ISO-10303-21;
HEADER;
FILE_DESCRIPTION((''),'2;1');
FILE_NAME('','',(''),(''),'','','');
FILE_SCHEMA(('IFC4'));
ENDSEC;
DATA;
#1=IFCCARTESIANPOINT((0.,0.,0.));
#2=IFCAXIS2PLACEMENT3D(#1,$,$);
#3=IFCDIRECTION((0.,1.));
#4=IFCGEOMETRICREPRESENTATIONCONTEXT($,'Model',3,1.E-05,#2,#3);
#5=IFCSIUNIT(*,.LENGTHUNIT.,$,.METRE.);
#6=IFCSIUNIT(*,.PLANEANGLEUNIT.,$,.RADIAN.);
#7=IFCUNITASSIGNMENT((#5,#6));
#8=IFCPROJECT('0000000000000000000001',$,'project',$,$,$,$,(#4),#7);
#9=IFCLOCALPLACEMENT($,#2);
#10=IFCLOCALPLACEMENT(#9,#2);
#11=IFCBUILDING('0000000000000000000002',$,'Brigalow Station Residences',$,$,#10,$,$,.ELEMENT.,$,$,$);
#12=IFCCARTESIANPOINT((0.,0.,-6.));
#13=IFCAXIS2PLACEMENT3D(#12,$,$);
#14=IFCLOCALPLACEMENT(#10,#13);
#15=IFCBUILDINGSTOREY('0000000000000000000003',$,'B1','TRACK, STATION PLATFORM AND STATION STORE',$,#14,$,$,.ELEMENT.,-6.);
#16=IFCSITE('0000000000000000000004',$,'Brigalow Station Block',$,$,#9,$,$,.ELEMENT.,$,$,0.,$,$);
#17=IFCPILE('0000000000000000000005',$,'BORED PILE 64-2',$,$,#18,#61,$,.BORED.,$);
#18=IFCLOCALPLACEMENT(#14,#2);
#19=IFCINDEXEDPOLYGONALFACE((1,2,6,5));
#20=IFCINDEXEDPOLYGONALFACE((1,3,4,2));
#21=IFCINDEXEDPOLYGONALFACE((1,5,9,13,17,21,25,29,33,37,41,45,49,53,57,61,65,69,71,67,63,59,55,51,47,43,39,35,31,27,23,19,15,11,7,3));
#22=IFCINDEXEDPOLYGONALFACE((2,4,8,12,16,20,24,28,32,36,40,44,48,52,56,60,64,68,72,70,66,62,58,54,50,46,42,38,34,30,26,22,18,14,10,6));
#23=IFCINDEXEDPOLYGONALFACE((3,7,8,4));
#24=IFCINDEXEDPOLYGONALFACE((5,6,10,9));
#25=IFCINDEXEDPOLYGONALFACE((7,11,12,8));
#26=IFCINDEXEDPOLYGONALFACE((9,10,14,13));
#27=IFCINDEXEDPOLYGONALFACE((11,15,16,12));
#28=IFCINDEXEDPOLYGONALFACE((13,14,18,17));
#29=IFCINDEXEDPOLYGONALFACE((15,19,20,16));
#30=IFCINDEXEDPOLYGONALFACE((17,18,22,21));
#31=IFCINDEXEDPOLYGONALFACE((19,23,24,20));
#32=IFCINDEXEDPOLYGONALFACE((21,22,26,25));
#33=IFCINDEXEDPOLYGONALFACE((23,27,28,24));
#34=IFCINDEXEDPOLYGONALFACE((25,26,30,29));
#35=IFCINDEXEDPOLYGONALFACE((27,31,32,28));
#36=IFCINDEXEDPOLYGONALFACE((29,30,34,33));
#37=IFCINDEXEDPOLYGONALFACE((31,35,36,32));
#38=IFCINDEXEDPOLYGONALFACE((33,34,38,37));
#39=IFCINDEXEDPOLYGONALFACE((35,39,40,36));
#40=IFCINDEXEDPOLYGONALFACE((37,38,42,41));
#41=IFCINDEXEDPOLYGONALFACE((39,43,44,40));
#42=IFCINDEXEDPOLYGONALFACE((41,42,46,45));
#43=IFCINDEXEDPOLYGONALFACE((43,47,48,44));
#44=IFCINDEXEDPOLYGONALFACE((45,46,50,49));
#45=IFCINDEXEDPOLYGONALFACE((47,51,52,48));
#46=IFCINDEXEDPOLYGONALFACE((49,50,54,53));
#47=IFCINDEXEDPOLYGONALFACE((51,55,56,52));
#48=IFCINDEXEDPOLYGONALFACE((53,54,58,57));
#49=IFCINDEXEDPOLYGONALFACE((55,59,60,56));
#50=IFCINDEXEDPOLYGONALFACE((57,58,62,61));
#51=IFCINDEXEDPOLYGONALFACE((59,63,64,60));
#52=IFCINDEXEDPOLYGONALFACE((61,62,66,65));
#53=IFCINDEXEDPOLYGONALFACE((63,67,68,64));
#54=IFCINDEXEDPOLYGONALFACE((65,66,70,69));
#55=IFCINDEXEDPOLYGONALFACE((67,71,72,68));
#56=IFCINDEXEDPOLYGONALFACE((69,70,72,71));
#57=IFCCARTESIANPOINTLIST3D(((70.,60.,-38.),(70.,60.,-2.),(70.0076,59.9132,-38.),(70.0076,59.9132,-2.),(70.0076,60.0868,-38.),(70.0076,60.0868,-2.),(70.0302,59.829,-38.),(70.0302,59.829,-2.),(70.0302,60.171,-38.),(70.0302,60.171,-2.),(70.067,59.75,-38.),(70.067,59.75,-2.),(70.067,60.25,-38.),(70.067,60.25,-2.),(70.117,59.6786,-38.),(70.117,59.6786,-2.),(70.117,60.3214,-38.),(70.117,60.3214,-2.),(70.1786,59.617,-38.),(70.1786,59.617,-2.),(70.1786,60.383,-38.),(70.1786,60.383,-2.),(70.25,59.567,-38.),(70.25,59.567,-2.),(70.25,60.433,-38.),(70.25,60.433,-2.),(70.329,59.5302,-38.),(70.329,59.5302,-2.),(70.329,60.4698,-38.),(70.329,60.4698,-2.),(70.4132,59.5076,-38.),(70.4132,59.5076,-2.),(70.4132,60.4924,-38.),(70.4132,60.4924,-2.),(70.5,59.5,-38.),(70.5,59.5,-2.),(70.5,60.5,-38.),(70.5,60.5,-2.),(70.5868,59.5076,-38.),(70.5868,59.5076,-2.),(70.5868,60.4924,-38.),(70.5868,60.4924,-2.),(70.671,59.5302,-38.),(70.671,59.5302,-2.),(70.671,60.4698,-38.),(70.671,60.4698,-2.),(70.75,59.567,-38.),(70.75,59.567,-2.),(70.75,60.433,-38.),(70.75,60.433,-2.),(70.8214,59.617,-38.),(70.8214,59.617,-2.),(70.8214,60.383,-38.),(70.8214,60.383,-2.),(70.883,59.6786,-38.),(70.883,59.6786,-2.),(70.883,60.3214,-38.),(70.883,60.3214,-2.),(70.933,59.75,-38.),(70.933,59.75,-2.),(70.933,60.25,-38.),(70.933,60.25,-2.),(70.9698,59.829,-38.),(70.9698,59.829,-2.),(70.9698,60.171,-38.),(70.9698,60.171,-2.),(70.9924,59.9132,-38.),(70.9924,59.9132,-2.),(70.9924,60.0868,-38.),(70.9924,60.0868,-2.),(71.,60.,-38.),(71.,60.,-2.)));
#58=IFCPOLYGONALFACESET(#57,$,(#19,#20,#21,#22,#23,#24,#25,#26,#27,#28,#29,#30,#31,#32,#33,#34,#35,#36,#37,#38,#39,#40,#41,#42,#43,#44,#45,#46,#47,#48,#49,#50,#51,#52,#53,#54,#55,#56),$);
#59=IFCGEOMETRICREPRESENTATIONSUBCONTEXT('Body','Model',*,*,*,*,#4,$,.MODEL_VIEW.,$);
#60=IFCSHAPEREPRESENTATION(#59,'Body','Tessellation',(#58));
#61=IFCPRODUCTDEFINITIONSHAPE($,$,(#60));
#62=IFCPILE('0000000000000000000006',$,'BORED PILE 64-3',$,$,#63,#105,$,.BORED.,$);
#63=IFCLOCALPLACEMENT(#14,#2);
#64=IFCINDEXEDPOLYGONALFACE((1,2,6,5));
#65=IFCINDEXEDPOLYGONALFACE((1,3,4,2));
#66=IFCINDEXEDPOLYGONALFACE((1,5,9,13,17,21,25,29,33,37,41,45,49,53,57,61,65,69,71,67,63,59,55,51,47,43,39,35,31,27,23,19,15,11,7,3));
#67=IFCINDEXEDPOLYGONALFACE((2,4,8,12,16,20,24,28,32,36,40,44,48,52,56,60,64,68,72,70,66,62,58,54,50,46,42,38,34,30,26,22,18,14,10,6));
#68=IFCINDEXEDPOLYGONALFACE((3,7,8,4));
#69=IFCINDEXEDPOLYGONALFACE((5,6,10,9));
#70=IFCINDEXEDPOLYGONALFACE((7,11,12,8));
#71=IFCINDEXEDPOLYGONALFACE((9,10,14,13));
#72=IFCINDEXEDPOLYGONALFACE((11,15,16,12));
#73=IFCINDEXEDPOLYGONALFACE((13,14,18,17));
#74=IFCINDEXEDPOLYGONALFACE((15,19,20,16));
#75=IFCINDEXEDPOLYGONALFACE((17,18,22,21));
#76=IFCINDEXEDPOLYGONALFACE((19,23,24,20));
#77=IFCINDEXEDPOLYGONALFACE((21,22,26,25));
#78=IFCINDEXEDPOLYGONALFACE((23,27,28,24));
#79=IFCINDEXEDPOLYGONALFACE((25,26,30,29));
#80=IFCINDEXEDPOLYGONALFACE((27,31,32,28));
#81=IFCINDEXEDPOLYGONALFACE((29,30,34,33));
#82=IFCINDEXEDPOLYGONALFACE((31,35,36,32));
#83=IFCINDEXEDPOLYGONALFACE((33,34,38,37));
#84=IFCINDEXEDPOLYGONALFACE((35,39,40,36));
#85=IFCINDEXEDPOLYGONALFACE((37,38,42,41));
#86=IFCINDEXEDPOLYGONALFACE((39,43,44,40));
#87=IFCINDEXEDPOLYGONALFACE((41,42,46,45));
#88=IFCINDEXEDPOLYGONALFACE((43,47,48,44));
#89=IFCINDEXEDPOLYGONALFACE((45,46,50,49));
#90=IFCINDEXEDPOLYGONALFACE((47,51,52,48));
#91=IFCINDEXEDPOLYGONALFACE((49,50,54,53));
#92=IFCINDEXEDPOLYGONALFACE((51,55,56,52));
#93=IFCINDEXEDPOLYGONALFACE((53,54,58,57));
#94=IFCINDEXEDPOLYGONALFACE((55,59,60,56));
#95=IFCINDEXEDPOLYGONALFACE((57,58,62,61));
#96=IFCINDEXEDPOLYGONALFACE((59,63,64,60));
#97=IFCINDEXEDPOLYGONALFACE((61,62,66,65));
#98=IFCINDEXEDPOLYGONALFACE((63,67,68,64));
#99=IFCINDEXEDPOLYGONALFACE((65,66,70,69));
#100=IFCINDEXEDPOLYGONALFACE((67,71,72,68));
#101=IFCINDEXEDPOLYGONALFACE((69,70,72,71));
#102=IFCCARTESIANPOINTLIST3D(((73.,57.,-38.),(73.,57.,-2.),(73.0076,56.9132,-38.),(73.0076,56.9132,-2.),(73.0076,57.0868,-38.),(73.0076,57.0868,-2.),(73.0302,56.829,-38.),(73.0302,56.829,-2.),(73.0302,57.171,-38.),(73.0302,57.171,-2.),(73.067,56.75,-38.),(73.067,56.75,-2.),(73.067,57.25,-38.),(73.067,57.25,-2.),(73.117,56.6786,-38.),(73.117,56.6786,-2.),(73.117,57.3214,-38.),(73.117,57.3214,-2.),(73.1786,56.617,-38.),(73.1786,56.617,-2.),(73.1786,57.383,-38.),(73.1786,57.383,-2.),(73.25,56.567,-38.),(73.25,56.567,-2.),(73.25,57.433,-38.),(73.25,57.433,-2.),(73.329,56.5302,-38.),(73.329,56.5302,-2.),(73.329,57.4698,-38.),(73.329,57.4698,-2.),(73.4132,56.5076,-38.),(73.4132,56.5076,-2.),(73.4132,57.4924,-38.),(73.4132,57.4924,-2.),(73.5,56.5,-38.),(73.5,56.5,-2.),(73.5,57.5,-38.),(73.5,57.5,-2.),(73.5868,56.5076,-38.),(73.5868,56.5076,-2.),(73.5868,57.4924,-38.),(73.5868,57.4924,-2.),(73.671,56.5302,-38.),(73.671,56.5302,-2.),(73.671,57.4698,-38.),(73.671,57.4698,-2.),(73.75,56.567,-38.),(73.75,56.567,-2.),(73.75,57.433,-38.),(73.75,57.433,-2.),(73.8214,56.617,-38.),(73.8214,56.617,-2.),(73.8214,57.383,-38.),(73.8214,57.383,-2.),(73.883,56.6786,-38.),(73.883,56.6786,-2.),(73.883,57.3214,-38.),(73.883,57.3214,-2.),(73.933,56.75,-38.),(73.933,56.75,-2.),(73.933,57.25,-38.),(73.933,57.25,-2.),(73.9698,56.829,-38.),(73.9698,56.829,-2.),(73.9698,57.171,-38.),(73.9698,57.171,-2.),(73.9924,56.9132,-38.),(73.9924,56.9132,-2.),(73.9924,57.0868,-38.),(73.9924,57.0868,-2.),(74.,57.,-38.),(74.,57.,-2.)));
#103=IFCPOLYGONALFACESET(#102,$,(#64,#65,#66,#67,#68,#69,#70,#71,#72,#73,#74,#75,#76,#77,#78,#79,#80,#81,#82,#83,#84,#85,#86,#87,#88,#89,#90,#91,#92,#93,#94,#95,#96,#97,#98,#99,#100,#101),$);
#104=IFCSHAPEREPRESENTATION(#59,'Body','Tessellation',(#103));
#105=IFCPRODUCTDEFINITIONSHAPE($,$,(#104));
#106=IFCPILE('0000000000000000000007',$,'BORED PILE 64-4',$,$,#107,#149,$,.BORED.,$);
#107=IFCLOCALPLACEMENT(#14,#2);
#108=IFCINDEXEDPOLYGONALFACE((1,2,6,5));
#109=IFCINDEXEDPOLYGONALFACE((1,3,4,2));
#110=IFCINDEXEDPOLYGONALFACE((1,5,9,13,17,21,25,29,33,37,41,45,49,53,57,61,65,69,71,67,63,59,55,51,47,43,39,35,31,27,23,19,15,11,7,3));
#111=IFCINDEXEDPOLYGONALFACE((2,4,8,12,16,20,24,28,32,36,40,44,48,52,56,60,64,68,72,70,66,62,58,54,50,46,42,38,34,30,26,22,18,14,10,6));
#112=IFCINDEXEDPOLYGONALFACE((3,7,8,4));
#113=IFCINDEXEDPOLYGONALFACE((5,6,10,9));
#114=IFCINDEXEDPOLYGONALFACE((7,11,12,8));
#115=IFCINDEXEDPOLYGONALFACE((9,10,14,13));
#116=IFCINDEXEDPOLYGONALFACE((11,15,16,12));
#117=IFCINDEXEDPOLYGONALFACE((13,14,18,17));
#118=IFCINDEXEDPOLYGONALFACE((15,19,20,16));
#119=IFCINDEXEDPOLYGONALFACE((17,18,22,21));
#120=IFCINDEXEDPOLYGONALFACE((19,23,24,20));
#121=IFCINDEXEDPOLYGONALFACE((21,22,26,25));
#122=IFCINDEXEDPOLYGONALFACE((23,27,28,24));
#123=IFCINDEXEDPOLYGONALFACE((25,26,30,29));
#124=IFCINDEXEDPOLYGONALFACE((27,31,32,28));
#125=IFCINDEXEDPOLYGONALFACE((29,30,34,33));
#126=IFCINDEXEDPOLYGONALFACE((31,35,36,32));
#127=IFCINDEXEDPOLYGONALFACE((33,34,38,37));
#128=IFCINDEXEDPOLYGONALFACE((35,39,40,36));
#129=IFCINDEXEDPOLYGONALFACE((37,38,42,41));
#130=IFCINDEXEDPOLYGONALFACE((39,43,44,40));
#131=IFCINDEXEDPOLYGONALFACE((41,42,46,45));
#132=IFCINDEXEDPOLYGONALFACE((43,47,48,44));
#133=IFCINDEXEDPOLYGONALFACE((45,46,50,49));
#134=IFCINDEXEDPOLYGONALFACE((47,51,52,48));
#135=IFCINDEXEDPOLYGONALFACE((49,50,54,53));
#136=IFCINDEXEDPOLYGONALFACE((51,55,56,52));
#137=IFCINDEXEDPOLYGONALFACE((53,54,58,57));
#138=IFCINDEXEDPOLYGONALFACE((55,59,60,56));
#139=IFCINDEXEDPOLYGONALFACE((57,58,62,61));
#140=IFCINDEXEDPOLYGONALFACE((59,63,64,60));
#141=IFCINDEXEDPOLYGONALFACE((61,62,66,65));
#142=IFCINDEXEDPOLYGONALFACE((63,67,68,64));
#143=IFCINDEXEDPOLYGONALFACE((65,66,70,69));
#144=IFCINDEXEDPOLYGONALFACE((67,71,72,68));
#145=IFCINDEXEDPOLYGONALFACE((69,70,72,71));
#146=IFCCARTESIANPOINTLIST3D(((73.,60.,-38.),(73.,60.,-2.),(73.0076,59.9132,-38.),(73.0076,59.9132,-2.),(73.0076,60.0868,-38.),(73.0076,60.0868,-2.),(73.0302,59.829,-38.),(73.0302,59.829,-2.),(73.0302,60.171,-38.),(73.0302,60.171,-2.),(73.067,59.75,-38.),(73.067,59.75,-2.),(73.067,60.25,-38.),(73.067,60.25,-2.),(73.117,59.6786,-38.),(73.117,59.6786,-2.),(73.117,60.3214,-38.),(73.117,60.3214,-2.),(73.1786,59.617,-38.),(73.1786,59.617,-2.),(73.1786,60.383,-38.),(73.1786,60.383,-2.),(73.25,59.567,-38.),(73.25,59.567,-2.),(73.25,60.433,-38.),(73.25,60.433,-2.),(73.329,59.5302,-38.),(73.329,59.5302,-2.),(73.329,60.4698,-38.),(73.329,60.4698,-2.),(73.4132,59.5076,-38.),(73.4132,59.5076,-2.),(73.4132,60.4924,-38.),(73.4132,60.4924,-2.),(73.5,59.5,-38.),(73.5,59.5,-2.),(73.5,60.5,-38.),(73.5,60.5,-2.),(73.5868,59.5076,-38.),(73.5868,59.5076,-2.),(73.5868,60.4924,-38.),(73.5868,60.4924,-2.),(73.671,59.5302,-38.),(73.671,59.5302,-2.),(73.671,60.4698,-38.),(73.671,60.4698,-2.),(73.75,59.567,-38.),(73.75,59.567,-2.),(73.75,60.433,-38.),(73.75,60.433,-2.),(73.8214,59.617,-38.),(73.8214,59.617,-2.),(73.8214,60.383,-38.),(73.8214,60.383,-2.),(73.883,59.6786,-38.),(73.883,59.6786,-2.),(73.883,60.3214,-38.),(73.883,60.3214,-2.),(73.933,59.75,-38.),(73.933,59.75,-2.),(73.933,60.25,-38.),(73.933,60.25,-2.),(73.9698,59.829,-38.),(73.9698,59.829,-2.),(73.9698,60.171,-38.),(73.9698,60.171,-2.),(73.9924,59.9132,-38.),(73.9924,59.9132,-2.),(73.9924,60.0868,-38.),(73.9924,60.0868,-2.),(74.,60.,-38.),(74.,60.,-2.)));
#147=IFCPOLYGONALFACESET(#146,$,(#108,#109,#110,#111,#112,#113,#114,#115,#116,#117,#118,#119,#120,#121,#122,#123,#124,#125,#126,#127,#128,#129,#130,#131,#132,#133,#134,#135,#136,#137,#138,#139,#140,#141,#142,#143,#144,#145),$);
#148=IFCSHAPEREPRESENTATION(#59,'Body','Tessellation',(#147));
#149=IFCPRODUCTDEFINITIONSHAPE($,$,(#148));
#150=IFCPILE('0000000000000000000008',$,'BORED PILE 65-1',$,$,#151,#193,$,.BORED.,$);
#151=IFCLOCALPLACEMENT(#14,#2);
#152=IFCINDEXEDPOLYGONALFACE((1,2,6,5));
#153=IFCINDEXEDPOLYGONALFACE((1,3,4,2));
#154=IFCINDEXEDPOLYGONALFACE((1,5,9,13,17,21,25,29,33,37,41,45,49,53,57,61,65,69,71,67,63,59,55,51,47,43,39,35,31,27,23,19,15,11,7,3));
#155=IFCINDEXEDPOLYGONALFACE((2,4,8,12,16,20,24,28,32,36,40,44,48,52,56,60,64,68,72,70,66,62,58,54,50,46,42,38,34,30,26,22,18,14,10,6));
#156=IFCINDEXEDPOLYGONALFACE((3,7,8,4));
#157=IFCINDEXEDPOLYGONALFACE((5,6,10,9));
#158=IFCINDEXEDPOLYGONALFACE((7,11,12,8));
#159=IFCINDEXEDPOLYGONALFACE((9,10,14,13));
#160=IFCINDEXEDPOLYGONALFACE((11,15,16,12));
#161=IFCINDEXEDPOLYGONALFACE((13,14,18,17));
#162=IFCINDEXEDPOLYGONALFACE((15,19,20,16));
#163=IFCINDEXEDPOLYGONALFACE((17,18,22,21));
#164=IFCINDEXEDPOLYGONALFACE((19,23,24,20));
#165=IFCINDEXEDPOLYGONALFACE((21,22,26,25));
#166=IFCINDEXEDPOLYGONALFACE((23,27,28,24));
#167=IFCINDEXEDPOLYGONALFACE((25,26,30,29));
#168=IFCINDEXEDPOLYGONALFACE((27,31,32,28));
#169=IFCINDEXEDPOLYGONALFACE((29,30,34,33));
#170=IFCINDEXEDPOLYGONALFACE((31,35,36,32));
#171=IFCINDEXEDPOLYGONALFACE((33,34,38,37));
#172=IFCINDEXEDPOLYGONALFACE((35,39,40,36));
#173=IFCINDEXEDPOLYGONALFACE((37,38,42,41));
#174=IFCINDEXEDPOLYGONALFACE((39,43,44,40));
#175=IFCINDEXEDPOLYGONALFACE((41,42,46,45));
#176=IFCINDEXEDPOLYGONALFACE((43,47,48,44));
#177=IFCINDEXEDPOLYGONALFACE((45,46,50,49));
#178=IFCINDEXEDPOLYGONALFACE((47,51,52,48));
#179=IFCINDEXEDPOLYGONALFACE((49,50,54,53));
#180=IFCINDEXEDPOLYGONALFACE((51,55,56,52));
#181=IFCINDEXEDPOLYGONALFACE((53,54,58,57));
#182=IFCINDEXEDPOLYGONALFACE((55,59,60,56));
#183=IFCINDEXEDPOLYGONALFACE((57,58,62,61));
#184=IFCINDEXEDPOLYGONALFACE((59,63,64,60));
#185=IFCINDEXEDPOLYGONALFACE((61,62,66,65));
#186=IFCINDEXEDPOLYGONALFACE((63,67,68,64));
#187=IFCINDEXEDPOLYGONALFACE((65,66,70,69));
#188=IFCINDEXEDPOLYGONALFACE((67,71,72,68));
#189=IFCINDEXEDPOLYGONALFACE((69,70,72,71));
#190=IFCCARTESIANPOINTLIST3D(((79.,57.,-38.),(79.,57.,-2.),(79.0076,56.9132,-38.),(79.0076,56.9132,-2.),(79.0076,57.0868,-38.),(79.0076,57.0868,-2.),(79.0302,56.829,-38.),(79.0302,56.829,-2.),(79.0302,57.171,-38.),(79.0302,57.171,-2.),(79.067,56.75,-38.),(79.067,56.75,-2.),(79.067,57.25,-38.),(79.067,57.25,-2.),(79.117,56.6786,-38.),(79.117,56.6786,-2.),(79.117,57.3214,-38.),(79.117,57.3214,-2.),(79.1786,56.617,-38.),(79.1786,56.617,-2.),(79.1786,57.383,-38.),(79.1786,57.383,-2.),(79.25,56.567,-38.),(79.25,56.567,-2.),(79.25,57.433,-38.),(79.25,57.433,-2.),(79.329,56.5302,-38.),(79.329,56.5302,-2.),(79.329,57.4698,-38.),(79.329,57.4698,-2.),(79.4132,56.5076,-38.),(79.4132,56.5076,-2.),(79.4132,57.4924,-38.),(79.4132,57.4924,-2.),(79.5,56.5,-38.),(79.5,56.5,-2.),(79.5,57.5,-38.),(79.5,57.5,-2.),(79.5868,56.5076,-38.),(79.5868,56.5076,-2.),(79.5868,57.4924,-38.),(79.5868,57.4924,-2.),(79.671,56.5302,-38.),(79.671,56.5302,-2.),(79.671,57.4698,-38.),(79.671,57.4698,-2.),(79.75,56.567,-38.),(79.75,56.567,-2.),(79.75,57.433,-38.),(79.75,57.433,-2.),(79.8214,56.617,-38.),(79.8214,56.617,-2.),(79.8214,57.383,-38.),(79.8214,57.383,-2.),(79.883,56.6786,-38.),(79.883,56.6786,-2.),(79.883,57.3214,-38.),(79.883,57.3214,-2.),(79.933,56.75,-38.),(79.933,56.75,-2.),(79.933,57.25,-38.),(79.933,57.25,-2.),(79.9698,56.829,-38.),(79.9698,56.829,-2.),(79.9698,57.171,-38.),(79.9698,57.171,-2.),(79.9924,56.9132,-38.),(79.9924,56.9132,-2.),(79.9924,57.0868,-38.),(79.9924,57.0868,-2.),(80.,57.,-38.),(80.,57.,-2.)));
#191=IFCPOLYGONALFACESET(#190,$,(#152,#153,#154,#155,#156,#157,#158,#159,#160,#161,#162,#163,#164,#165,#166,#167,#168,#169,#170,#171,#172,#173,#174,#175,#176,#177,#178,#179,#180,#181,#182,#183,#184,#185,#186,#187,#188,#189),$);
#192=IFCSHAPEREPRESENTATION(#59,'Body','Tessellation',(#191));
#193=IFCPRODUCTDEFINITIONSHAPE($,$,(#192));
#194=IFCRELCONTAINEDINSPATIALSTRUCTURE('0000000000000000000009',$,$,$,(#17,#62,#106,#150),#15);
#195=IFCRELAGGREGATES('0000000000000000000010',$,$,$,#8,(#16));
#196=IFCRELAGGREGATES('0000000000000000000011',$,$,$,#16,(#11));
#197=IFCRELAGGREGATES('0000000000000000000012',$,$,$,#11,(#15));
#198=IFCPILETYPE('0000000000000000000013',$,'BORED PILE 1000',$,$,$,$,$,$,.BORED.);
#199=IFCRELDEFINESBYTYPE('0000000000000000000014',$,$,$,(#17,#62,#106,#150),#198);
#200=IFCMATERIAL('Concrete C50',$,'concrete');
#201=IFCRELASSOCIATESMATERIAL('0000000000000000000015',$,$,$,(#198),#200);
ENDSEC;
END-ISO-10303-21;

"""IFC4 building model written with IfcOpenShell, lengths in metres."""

from ifc_helpers import new_model, si_unit, direction, frame, origin, origin_2d, place, context, subcontext, project, spatial, circle, extrude, material, material_profile, profile_set, type_object, element, save


model = new_model("IFC4")

# Units and contexts
model_context = context("Model", 3, precision=1e-05, world=origin(), true_north=direction((0.0, 1.0)))
body_context = subcontext(model_context, "Body", "Model", "MODEL_VIEW")
ifc_project = project(units=[si_unit("LENGTHUNIT", "METRE"), si_unit("PLANEANGLEUNIT", "RADIAN")], contexts=[model_context])

# Site, building, storey
site_placement = place(None, origin())
site = spatial("IfcSite", under=ifc_project, at=site_placement, Name="Brigalow Station Block", CompositionType="ELEMENT", RefElevation=0.0)
building_placement = place(site_placement, origin())
building = spatial("IfcBuilding", under=site, at=building_placement, Name="Brigalow Station Residences", CompositionType="ELEMENT")
storey_placement = place(building_placement, frame((0.0, 0.0, -6.0)))
storey = spatial("IfcBuildingStorey", under=building, at=storey_placement, Name="B1", Description="TRACK, STATION PLATFORM AND STATION STORE", CompositionType="ELEMENT", Elevation=-6.0)

# Piles
ifc_material_1 = material(Name="Concrete C50", Category="concrete")
ifc_material_profile_1 = material_profile(ifc_material_1, circle(Radius=0.5, at=origin_2d()), Name="BP1000")
ifc_profile_set_1 = profile_set([ifc_material_profile_1], Name="Concrete C50")
pile_type_1 = type_object("IfcPileType", Name="BORED PILE 1000", PredefinedType="BORED", material=ifc_profile_set_1)
for number, where, z_axis, x_axis, name in (
    (1, (70.5, 60.0, -2.0), (0.0, 0.0, -1.0), (1.0, 0.0, 0.0), "BORED PILE 64-2"),
    (2, (73.5, 57.0, -2.0), (0.0, 0.0, -1.0), (1.0, 0.0, 0.0), "BORED PILE 64-3"),
    (3, (73.5, 60.0, -2.0), (0.0, 0.0, -1.0), (1.0, 0.0, 0.0), "BORED PILE 64-4"),
    (4, (79.5, 57.0, -2.0), (0.0, 0.0, -1.0), (1.0, 0.0, 0.0), "BORED PILE 65-1"),
):
    element("IfcPile", number, at=place(storey_placement, frame(where, z_axis=z_axis, x_axis=x_axis)), inside=storey, type_object=pile_type_1, Name=name, PredefinedType="BORED", context=body_context, shape_type="SweptSolid", body=[
        extrude(circle(Radius=0.5, at=origin_2d()), origin(), (0.0, 0.0, 1.0), 36.0),
    ])

save(model, "model.ifc")
